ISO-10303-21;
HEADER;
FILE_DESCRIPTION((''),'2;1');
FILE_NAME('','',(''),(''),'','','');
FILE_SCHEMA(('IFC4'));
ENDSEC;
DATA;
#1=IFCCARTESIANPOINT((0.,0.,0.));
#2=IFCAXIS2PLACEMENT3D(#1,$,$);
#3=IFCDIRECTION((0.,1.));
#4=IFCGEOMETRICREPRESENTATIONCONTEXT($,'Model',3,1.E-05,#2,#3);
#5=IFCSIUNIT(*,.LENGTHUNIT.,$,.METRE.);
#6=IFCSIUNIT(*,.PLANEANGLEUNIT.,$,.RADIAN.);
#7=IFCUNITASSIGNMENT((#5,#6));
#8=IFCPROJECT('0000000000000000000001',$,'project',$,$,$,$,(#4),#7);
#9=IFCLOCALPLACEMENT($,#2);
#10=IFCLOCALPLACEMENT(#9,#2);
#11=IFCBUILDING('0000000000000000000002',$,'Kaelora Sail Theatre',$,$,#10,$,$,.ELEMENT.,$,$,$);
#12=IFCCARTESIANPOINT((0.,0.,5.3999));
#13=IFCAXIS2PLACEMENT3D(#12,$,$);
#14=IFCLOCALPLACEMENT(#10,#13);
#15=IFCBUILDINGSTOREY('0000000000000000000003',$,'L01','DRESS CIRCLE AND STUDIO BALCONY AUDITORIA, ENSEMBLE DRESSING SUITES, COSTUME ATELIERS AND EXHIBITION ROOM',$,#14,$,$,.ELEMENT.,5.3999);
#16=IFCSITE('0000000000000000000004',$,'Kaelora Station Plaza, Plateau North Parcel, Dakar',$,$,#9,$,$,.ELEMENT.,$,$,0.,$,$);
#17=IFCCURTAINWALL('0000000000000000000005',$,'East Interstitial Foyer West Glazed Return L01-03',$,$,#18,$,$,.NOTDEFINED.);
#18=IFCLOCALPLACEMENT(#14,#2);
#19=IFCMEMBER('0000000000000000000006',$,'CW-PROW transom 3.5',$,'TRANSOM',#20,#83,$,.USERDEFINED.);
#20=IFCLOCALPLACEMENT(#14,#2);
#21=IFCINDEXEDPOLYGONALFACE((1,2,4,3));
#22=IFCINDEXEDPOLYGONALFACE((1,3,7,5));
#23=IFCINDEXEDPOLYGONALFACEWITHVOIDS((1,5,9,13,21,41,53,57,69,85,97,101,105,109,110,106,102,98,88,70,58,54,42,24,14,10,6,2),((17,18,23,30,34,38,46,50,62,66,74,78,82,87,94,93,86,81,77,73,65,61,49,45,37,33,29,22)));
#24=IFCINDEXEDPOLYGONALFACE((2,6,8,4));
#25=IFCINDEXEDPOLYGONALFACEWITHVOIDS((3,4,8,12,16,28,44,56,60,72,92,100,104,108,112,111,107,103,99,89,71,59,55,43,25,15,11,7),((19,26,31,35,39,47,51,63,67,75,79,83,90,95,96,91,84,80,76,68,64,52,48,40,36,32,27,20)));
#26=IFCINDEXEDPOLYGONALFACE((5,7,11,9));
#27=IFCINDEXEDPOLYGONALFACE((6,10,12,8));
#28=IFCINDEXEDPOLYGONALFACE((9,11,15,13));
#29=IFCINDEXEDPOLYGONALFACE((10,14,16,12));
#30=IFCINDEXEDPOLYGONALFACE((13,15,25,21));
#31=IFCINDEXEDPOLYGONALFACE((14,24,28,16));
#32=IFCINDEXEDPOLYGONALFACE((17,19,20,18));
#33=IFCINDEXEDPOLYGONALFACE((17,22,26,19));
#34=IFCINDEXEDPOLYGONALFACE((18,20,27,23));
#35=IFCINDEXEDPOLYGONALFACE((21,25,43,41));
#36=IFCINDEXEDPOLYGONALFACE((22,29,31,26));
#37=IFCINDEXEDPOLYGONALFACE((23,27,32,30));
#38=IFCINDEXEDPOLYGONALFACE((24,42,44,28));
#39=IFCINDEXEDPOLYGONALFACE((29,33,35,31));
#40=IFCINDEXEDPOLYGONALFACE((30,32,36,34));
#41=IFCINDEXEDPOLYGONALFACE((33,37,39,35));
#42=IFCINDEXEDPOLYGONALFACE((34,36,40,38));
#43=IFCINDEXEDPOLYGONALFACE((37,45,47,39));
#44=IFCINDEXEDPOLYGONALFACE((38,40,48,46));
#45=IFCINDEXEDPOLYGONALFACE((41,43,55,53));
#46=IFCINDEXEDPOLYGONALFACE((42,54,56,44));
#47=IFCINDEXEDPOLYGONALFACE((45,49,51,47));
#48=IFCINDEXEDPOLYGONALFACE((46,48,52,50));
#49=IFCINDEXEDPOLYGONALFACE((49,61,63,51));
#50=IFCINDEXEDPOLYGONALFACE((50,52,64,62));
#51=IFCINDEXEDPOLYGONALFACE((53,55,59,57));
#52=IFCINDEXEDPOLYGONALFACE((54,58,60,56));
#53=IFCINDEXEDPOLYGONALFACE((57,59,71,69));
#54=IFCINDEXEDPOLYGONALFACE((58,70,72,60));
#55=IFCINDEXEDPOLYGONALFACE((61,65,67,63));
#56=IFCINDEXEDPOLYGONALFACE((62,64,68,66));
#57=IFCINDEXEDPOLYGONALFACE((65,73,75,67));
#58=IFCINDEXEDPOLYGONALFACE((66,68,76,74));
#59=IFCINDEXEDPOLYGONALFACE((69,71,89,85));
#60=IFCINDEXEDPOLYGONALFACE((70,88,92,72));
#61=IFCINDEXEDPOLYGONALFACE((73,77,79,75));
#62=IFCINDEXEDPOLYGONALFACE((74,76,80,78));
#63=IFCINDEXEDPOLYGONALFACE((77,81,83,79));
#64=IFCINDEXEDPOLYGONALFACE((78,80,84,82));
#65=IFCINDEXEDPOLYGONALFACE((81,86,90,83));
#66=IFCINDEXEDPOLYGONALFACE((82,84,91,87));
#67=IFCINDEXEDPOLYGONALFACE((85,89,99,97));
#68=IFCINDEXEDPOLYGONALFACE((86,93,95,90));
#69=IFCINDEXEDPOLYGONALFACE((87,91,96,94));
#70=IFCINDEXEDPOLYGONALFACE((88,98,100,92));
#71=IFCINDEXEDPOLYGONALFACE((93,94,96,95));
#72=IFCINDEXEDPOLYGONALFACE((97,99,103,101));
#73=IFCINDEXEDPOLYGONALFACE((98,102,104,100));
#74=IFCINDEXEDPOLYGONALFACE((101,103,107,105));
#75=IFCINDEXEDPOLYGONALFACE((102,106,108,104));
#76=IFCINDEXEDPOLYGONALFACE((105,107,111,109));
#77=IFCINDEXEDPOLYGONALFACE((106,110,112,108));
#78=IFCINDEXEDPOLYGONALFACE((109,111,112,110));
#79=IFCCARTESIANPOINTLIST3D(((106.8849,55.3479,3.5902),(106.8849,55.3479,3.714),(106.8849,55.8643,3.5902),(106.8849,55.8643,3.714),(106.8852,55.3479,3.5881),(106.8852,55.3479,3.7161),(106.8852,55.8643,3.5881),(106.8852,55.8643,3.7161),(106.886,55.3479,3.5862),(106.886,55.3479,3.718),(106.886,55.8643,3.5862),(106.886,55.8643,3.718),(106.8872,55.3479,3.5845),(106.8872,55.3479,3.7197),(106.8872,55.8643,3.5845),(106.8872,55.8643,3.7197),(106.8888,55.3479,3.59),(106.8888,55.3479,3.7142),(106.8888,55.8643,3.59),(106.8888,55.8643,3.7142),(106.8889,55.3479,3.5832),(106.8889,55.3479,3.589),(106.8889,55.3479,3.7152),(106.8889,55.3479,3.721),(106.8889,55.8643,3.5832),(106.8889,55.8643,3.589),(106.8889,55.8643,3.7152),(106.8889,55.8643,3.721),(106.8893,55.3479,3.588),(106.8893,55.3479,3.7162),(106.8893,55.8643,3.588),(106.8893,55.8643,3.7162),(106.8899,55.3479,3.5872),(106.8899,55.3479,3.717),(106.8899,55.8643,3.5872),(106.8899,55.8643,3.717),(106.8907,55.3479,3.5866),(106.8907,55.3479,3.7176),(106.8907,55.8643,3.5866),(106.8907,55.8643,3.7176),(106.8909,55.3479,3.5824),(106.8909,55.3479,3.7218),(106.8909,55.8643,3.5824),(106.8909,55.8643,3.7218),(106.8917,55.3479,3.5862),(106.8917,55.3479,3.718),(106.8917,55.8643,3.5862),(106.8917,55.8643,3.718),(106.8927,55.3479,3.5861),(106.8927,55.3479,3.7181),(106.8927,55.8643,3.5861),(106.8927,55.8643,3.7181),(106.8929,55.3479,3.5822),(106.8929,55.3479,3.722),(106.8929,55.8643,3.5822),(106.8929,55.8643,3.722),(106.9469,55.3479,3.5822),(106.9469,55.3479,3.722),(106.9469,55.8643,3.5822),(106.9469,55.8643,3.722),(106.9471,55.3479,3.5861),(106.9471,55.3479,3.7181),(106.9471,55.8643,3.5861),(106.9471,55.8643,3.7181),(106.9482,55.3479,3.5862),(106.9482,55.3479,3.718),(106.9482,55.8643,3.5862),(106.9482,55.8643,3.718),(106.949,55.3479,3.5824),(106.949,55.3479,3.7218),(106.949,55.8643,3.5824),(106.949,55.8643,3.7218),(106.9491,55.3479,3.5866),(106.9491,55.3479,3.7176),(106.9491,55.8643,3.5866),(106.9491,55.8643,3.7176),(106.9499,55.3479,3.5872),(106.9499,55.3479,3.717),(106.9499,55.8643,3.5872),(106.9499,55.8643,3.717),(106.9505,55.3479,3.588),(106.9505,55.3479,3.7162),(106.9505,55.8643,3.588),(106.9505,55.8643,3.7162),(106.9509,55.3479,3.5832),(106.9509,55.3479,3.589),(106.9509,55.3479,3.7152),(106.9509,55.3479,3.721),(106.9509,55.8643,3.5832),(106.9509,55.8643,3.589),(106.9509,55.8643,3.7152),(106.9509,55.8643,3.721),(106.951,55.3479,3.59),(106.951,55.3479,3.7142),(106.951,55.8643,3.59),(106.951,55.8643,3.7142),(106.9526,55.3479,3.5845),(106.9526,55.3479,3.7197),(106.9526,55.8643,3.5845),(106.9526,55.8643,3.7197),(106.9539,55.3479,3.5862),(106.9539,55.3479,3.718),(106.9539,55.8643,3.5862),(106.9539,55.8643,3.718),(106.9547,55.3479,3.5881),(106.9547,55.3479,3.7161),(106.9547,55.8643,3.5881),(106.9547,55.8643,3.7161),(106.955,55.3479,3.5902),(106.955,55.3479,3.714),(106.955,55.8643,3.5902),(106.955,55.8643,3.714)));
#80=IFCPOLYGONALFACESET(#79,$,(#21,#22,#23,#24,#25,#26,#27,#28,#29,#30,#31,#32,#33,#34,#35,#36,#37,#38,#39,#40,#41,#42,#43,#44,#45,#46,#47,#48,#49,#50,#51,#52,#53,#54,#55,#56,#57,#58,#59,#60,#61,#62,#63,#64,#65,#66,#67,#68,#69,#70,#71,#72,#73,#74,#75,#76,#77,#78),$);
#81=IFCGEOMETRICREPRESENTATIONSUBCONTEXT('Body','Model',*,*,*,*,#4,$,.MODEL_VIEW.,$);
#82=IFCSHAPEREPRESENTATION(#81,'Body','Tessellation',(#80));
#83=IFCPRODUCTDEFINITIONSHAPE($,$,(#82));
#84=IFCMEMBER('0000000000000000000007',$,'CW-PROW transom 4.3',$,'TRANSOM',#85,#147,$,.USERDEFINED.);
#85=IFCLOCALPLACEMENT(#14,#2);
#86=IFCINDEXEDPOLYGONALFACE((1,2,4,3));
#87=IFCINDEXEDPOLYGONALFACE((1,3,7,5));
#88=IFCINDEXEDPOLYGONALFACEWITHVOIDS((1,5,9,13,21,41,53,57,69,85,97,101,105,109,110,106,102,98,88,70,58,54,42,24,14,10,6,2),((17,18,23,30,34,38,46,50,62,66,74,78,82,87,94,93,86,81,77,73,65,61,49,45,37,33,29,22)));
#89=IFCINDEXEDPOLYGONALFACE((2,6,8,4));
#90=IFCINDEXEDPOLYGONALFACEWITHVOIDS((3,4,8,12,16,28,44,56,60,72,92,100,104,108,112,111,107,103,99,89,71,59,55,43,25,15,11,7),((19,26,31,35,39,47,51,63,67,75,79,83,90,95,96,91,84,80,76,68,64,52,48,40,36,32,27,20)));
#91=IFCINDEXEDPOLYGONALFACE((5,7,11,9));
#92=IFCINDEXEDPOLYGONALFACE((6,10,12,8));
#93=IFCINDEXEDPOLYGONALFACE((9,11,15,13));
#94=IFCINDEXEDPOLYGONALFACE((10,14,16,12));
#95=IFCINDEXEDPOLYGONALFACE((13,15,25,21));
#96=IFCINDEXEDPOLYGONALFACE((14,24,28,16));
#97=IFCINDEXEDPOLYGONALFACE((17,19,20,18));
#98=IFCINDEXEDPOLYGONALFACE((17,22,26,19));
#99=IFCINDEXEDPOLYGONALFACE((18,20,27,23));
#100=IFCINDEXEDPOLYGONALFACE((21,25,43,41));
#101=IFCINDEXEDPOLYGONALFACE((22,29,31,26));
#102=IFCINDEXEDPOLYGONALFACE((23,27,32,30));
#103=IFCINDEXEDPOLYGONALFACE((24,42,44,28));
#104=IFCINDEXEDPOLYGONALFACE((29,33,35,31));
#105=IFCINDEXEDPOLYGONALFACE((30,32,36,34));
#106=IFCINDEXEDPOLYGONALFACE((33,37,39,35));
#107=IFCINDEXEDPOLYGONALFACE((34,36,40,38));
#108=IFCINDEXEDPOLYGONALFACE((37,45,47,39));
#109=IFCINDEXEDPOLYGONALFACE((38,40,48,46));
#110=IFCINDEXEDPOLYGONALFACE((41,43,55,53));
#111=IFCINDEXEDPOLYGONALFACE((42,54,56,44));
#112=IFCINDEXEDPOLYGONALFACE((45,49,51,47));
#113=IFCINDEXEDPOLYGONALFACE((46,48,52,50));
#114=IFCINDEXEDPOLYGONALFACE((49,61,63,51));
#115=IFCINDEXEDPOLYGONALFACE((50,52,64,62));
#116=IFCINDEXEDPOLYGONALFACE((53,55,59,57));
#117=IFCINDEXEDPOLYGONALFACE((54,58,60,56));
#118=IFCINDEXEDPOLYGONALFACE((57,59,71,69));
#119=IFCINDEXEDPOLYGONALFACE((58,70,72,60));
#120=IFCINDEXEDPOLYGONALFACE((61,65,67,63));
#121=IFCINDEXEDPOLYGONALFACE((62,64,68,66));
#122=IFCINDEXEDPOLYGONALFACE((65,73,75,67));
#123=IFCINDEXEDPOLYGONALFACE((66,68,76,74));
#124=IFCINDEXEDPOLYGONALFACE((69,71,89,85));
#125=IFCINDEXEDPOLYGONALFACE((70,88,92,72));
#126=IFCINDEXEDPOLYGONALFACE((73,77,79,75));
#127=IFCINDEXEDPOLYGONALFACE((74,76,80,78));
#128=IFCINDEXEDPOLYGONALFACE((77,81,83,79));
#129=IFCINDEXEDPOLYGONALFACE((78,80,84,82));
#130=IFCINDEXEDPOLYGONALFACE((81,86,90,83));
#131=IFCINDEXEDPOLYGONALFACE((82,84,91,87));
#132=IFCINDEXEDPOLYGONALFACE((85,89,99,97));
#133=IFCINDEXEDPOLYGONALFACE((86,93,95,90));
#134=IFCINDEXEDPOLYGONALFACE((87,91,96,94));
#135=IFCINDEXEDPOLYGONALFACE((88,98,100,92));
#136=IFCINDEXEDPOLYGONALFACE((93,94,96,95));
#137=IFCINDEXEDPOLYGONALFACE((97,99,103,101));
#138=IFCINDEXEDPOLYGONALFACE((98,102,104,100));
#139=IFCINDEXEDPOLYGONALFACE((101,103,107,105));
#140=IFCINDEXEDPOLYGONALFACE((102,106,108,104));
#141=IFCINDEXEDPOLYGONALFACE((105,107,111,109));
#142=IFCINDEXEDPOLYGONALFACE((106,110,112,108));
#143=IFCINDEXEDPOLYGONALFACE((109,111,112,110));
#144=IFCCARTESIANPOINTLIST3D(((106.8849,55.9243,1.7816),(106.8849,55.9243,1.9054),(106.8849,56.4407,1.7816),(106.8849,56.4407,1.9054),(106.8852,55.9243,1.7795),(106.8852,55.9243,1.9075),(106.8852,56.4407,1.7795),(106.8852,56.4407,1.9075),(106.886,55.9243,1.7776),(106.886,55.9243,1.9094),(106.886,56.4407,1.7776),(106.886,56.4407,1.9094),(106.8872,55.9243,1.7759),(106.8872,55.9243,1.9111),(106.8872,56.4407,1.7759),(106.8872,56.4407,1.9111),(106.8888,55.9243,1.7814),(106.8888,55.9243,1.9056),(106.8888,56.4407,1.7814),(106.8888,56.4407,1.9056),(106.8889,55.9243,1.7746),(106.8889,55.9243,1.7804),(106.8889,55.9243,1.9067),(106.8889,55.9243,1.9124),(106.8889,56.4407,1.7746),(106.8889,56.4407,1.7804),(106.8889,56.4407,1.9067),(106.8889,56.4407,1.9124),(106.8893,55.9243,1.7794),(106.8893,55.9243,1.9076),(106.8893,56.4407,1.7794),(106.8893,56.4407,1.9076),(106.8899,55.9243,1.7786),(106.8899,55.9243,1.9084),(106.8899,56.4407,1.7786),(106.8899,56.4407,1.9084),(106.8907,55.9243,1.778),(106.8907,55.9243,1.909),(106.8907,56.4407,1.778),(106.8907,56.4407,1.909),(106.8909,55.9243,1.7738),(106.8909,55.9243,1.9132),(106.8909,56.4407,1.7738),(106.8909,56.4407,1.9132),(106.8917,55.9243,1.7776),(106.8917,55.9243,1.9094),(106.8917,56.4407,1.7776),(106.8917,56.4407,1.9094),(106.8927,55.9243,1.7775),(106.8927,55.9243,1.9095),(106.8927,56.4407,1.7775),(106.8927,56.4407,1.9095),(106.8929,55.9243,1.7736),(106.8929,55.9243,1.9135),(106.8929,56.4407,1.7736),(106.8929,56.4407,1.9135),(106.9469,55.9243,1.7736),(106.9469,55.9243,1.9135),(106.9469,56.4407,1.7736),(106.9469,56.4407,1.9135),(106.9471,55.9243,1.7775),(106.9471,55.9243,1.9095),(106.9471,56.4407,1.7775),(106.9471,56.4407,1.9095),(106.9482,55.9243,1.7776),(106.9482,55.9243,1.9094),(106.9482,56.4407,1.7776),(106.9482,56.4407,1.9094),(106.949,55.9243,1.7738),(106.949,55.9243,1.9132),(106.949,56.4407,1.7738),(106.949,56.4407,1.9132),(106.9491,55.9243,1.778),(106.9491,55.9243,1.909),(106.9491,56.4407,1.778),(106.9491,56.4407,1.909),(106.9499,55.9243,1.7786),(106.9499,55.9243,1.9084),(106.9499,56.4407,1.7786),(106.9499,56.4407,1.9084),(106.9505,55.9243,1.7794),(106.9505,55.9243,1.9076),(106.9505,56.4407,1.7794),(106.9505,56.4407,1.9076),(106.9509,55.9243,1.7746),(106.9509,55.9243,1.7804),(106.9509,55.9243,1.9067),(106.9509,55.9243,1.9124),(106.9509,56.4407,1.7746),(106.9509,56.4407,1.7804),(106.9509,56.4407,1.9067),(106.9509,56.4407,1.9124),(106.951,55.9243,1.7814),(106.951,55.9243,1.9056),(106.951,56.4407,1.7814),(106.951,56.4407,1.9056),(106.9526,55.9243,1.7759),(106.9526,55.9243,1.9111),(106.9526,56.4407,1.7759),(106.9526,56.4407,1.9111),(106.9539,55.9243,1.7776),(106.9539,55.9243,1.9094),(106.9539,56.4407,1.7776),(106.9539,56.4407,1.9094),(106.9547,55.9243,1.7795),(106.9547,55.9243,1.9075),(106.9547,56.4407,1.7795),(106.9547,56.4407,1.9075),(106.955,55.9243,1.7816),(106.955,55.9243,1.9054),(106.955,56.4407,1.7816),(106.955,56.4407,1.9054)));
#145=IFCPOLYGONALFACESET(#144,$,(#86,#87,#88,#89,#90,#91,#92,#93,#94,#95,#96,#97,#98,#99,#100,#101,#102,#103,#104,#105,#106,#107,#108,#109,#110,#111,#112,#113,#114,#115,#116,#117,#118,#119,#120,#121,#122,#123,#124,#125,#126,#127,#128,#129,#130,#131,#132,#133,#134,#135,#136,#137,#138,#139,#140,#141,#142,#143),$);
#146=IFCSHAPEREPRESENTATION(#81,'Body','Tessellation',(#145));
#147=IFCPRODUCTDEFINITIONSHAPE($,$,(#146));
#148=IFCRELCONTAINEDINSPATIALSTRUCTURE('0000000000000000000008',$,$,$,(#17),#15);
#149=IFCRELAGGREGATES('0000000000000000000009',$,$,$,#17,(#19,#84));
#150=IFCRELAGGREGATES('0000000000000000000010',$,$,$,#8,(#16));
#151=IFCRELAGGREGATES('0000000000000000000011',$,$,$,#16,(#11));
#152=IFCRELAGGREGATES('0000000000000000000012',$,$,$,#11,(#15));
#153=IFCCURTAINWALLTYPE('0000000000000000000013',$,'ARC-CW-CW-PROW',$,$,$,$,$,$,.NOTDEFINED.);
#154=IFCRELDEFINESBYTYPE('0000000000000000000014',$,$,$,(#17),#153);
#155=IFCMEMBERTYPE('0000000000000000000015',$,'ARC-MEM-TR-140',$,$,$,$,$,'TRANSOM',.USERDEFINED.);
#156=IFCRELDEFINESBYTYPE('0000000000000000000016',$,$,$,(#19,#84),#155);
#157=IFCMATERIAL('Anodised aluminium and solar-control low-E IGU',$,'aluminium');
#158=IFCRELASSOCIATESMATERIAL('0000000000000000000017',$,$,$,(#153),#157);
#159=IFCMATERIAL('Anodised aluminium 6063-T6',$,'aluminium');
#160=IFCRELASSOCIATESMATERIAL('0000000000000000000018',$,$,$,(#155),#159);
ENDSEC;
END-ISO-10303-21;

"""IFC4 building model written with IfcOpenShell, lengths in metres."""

from ifc_helpers import new_model, si_unit, direction, frame, origin, origin_2d, place, context, subcontext, project, spatial, hollow_rectangle, extrude, material, material_profile, profile_set, type_object, element, aggregate, save


model = new_model("IFC4")

# Units and contexts
model_context = context("Model", 3, precision=1e-05, world=origin(), true_north=direction((0.0, 1.0)))
body_context = subcontext(model_context, "Body", "Model", "MODEL_VIEW")
ifc_project = project(units=[si_unit("LENGTHUNIT", "METRE"), si_unit("PLANEANGLEUNIT", "RADIAN")], contexts=[model_context])

# Site, building, storey
site_placement = place(None, origin())
site = spatial("IfcSite", under=ifc_project, at=site_placement, Name="Kaelora Station Plaza, Plateau North Parcel, Dakar", CompositionType="ELEMENT", RefElevation=0.0)
building_placement = place(site_placement, origin())
building = spatial("IfcBuilding", under=site, at=building_placement, Name="Kaelora Sail Theatre", CompositionType="ELEMENT")
storey_placement = place(building_placement, frame((0.0, 0.0, 5.3999)))
storey = spatial("IfcBuildingStorey", under=building, at=storey_placement, Name="L01", Description="DRESS CIRCLE AND STUDIO BALCONY AUDITORIA, ENSEMBLE DRESSING SUITES, COSTUME ATELIERS AND EXHIBITION ROOM", CompositionType="ELEMENT", Elevation=5.3999)

# Curtain wall, members
ifc_material_1 = material(Name="Anodised aluminium and solar-control low-E IGU", Category="aluminium")
curtain_wall_type = type_object("IfcCurtainWallType", Name="ARC-CW-CW-PROW", PredefinedType="NOTDEFINED", material=ifc_material_1)
curtain_wall_placement = place(storey_placement, origin())
curtain_wall = element("IfcCurtainWall", 1, at=curtain_wall_placement, inside=storey, type_object=curtain_wall_type, Name="East Interstitial Foyer West Glazed Return L01-03", PredefinedType="NOTDEFINED")
ifc_material_2 = material(Name="Anodised aluminium 6063-T6", Category="aluminium")
ifc_material_profile = material_profile(ifc_material_2, hollow_rectangle(XDim=0.0701, YDim=0.1399, WallThickness=0.0039, InnerFilletRadius=0.0039, OuterFilletRadius=0.0081, at=origin_2d()), Name="ALU-TRAN 70x140x4")
ifc_profile_set = profile_set([ifc_material_profile], Name="Anodised aluminium 6063-T6")
member_type = type_object("IfcMemberType", Name="ARC-MEM-TR-140", ElementType="TRANSOM", PredefinedType="USERDEFINED", material=ifc_profile_set)
member_1_placement = place(storey_placement, frame((106.9199, 55.3479, 3.6521), z_axis=(0.0, 1.0, 0.0), x_axis=(-1.0, 0.0, 0.0)))
member_1 = element("IfcMember", 2, at=member_1_placement, type_object=member_type, Name="CW-PROW transom 3.5", ObjectType="TRANSOM", PredefinedType="USERDEFINED", context=body_context, shape_type="SweptSolid", body=[
    extrude(hollow_rectangle(XDim=0.0701, YDim=0.1399, WallThickness=0.0039, InnerFilletRadius=0.0039, OuterFilletRadius=0.0081, at=origin_2d()), origin(), (0.0, 0.0, 1.0), 0.5164),
])
member_2_placement = place(storey_placement, frame((106.9199, 55.9243, 1.8435), z_axis=(0.0, 1.0, 0.0), x_axis=(-1.0, 0.0, 0.0)))
member_2 = element("IfcMember", 3, at=member_2_placement, type_object=member_type, Name="CW-PROW transom 4.3", ObjectType="TRANSOM", PredefinedType="USERDEFINED", context=body_context, shape_type="SweptSolid", body=[
    extrude(hollow_rectangle(XDim=0.0701, YDim=0.1399, WallThickness=0.0039, InnerFilletRadius=0.0039, OuterFilletRadius=0.0081, at=origin_2d()), origin(), (0.0, 0.0, 1.0), 0.5164),
])
aggregate(curtain_wall, [member_1, member_2])

save(model, "model.ifc")
